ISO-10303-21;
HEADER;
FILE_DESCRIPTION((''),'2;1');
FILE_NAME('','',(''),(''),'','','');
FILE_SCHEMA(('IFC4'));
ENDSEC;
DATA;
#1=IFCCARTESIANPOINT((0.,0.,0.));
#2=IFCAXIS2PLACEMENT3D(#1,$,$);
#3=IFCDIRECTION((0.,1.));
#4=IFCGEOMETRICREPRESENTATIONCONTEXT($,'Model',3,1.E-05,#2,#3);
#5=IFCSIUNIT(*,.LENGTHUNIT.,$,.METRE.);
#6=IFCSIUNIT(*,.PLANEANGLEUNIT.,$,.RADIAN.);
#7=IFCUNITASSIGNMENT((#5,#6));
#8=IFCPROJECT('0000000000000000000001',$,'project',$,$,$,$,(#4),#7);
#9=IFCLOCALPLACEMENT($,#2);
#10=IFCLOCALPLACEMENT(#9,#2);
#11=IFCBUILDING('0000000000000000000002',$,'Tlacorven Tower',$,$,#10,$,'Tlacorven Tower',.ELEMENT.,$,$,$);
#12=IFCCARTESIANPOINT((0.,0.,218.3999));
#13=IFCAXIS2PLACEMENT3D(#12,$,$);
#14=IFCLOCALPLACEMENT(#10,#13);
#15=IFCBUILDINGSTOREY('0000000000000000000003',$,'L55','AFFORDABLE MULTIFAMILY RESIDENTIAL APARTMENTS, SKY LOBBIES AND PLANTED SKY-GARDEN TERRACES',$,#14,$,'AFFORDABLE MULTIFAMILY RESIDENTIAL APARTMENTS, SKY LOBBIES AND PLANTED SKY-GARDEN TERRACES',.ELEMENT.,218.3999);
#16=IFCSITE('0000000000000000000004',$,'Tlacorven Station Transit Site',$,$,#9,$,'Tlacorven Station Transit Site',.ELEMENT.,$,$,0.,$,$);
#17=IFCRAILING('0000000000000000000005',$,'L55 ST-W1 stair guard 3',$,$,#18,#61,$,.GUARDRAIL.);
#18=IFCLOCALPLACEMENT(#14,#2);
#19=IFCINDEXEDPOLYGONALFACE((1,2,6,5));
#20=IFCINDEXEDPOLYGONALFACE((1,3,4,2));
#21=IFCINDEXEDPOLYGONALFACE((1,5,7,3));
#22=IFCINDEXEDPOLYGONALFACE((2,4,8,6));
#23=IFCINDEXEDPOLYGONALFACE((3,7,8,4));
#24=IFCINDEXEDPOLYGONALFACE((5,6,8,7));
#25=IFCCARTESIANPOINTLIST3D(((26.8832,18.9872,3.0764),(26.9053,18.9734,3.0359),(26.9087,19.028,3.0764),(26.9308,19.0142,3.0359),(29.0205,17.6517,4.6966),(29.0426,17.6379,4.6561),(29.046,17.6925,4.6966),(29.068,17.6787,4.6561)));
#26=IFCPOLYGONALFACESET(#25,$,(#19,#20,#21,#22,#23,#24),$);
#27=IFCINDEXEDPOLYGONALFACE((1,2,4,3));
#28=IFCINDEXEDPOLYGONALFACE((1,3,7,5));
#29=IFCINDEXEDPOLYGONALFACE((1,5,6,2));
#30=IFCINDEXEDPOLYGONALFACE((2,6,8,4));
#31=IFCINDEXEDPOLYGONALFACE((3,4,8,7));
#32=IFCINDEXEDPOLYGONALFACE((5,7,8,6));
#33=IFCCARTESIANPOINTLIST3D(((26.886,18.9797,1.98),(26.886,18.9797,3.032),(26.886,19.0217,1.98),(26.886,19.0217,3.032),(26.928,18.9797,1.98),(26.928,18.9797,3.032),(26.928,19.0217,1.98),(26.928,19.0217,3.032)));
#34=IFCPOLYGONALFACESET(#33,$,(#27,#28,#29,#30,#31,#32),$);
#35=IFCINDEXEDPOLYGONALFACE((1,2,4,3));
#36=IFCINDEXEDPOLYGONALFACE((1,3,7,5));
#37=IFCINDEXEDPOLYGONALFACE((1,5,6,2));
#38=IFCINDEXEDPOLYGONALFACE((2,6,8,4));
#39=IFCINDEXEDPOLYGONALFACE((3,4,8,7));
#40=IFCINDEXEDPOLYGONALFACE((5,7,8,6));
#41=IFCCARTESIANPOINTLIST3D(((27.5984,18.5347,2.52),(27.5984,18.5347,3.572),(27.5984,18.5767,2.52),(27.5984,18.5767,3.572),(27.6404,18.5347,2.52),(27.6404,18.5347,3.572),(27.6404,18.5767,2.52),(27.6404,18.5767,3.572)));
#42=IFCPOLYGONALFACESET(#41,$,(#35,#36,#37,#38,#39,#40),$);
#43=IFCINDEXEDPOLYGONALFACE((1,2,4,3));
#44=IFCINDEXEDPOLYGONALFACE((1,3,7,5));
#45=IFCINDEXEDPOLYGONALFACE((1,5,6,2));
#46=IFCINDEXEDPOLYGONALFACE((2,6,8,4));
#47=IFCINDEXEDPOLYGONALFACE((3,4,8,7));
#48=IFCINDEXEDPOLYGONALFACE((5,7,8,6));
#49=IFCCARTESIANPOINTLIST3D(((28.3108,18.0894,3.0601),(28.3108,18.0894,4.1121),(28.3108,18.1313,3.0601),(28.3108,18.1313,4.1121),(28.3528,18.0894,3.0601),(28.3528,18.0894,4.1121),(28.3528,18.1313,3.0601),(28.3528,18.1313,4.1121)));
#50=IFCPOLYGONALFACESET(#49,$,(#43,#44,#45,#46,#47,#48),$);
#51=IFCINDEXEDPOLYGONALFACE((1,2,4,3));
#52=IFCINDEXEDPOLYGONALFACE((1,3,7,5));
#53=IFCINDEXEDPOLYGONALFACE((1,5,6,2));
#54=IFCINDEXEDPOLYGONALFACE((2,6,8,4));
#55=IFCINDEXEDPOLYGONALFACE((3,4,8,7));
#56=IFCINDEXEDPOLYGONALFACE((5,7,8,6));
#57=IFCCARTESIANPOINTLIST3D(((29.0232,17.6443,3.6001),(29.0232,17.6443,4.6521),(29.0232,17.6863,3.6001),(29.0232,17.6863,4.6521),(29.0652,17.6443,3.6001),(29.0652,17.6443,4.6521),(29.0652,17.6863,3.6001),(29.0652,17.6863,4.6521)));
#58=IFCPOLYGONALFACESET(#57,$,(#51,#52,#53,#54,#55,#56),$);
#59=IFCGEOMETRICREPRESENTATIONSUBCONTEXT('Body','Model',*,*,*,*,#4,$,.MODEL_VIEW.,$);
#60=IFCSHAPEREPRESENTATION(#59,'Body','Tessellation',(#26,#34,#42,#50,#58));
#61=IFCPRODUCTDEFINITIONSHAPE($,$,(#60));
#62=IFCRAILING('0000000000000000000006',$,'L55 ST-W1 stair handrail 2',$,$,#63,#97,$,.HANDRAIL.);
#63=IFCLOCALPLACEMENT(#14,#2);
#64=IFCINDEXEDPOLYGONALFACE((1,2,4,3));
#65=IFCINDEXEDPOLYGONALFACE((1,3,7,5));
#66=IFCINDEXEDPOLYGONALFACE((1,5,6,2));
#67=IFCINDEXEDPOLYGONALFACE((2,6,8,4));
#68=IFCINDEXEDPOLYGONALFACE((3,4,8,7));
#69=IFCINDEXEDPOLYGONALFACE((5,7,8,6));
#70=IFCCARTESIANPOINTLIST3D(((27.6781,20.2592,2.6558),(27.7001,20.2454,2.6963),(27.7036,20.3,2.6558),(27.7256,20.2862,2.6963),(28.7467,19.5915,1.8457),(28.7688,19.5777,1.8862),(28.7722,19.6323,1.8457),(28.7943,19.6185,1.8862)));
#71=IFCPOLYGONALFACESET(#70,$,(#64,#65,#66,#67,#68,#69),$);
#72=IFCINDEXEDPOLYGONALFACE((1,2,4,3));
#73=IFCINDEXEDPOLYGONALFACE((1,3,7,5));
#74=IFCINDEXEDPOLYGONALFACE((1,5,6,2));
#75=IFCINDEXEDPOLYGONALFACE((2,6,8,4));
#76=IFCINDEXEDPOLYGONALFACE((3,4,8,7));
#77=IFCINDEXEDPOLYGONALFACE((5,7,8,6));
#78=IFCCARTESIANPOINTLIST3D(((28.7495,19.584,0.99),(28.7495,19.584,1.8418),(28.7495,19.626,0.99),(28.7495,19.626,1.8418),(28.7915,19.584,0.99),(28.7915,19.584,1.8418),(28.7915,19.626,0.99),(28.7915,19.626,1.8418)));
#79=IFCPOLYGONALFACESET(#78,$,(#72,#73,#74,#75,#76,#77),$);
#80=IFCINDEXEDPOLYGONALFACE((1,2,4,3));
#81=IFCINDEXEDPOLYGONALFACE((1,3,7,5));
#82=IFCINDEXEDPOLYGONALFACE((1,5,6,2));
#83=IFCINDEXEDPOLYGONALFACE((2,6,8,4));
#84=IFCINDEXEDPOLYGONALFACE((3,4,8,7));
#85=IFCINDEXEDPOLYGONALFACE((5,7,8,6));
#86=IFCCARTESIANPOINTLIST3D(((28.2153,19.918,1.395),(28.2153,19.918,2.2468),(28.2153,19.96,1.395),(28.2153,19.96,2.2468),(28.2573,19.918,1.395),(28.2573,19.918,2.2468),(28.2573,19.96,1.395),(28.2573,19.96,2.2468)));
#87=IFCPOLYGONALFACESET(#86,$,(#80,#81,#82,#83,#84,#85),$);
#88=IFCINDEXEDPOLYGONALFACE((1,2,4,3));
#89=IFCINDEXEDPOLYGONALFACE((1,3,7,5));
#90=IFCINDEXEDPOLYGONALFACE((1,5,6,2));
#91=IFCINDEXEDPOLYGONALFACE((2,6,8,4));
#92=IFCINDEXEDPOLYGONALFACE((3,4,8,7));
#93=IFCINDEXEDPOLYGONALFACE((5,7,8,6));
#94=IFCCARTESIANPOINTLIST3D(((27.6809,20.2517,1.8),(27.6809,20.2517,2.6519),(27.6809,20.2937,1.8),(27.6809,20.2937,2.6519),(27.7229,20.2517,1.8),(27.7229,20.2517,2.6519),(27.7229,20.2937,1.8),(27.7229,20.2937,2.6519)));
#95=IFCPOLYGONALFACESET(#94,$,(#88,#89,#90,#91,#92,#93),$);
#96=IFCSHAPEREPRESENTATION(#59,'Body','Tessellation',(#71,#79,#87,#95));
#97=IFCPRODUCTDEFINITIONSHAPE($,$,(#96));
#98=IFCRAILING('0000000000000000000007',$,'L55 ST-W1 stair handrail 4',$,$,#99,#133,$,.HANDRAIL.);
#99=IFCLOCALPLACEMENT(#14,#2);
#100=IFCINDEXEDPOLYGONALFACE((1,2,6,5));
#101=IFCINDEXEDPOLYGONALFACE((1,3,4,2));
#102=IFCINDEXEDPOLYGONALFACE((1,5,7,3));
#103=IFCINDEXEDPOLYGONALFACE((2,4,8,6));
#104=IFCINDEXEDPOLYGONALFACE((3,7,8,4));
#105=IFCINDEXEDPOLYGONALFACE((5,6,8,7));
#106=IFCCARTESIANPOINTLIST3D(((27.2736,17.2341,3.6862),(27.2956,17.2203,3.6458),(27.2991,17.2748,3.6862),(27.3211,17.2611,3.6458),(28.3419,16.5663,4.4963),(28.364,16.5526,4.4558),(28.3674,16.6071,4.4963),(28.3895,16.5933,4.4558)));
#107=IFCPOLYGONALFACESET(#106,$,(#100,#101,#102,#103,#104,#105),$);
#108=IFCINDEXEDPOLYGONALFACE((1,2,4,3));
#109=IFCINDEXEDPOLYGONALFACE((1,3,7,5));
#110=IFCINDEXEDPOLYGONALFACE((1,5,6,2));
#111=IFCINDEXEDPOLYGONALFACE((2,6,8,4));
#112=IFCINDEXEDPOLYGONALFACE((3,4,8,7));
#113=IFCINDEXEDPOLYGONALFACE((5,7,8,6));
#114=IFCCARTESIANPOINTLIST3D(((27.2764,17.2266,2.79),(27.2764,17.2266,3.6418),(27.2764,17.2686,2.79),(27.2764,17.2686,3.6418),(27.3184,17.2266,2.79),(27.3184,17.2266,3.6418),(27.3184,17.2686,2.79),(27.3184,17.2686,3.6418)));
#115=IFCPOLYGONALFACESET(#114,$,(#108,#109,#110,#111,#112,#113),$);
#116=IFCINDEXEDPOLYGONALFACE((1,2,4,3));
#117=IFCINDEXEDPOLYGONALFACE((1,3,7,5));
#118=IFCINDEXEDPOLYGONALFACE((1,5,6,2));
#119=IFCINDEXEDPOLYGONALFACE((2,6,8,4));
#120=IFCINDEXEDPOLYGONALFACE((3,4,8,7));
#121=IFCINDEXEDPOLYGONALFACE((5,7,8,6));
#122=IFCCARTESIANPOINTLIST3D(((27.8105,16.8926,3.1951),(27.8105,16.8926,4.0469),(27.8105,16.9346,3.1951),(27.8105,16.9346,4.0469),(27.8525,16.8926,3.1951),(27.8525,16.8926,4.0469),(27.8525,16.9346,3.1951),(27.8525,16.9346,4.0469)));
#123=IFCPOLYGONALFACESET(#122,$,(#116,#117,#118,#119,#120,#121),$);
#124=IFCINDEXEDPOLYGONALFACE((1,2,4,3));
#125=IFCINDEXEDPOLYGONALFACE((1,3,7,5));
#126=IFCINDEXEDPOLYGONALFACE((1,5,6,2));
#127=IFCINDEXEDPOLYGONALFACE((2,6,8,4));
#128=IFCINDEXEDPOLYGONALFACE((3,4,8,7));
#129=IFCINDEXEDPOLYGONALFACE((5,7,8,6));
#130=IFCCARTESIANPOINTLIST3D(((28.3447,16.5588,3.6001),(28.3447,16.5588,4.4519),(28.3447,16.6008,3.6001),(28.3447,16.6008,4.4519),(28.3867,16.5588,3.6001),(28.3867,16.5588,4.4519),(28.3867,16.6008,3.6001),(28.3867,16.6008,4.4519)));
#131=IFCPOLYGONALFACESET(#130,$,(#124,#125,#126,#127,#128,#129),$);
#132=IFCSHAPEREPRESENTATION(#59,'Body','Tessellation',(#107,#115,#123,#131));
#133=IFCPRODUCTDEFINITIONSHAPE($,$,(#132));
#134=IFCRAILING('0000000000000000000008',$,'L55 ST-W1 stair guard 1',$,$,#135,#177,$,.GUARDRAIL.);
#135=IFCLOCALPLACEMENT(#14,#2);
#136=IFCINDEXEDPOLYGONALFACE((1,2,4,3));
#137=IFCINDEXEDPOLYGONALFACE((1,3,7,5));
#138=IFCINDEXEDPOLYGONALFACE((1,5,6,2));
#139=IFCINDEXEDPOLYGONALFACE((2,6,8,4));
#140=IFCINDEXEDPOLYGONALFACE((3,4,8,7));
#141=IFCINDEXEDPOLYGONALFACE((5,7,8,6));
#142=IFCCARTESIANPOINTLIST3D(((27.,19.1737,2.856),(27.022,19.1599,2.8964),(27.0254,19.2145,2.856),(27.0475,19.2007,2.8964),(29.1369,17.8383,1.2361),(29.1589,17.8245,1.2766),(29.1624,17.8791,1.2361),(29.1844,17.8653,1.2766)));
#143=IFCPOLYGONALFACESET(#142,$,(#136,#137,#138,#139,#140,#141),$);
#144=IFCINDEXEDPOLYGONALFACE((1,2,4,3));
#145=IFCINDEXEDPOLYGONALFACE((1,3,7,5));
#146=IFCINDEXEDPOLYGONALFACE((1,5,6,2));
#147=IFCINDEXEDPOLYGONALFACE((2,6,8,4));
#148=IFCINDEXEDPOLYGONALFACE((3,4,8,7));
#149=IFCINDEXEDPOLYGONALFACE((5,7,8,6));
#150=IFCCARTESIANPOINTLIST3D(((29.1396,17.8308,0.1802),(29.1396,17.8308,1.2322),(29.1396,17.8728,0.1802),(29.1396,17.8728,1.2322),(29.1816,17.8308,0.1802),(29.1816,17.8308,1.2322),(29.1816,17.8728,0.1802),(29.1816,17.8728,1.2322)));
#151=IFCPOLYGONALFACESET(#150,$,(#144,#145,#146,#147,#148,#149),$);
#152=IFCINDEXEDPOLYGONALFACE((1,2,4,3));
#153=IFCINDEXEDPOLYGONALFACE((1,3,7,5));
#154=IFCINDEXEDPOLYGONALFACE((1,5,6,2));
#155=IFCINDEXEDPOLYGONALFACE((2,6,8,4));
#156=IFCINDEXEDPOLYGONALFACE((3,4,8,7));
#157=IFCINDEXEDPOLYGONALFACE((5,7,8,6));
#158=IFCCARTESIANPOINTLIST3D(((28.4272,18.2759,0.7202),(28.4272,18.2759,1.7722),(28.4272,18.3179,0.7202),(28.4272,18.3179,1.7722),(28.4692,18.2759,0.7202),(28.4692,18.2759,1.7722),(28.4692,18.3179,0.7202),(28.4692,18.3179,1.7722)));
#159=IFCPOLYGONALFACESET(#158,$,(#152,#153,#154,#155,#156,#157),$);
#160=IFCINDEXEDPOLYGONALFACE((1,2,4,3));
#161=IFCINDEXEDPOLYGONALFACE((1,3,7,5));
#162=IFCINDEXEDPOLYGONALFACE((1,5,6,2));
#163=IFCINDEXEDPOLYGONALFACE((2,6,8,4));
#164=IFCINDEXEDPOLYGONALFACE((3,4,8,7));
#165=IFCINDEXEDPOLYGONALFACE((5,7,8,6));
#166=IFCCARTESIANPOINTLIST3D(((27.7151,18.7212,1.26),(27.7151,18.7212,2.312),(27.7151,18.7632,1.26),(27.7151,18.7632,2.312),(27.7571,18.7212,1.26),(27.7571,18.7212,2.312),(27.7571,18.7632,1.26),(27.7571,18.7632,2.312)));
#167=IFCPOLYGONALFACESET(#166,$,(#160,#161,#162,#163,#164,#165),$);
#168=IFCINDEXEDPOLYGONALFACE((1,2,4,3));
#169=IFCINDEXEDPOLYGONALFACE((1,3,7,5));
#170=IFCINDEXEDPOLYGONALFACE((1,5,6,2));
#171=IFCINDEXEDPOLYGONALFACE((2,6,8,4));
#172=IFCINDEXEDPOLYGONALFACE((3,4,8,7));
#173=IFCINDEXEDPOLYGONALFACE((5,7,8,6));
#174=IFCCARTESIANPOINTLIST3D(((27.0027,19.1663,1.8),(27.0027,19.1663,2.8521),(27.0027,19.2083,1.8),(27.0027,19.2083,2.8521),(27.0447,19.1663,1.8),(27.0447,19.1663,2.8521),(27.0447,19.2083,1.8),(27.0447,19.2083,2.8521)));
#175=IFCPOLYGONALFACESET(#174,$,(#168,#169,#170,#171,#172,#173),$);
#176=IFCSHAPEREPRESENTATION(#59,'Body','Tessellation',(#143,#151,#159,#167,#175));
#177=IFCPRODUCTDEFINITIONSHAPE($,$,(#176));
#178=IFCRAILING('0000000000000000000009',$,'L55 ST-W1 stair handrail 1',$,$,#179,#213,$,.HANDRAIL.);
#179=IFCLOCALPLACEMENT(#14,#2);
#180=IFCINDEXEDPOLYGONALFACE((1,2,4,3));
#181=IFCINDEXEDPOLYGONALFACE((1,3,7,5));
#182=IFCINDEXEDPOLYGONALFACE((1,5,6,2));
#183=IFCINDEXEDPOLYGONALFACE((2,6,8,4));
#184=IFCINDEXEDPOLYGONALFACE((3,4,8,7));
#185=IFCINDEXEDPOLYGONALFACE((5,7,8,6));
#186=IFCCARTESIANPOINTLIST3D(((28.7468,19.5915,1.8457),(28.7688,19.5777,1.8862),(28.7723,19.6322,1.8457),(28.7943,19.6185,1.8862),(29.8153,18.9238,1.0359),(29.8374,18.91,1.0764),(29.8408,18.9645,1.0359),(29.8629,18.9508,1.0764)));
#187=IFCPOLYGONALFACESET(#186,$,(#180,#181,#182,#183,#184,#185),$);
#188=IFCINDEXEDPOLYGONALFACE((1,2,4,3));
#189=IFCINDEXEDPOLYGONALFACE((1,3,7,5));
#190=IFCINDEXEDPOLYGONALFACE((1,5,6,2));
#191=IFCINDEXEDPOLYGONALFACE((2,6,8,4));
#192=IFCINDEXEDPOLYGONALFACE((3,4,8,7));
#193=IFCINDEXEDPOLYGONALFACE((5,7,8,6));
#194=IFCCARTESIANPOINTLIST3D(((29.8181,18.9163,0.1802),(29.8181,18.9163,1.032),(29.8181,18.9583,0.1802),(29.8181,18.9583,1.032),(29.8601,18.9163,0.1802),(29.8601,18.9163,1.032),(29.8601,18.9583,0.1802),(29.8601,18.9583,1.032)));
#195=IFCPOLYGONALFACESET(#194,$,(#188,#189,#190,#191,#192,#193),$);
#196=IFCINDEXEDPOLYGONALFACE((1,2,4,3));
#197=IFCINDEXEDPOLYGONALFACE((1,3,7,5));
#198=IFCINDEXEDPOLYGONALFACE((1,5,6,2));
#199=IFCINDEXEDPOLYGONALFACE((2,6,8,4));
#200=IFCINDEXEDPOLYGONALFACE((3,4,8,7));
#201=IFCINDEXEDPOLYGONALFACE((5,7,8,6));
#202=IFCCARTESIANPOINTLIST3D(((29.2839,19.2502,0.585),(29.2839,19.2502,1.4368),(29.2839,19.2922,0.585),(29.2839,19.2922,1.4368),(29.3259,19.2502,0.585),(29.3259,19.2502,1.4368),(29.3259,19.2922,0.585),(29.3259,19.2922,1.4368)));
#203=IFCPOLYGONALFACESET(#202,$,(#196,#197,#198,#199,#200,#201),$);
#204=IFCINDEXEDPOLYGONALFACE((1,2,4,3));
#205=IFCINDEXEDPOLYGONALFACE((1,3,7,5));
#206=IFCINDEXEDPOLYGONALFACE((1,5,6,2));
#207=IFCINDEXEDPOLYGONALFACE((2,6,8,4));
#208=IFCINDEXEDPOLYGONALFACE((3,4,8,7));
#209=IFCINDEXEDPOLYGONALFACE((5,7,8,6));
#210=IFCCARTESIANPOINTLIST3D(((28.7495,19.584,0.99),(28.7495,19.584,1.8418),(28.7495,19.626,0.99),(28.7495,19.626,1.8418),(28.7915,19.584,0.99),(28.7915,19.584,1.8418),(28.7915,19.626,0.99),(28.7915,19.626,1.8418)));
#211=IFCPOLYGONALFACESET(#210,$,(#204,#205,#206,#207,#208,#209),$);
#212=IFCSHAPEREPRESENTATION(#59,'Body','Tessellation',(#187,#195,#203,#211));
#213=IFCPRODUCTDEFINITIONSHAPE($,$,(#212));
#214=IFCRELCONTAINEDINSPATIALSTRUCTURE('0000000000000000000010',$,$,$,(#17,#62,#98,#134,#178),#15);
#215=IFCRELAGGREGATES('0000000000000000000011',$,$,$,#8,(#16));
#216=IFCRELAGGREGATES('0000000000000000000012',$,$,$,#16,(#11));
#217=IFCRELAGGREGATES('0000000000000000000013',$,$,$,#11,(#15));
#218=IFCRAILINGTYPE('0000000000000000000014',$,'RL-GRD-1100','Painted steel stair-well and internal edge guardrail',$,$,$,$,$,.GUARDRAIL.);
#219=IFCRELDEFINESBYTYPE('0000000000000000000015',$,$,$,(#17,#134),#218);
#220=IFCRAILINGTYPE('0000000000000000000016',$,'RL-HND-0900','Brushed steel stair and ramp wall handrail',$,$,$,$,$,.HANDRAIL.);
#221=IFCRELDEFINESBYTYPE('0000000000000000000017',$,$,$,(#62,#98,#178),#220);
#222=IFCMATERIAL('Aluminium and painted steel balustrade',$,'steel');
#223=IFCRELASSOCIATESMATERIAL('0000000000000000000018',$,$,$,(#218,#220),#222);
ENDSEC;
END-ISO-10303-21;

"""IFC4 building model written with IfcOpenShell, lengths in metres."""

from ifc_helpers import new_model, si_unit, direction, frame, origin, origin_2d, place, context, subcontext, project, spatial, rectangle, extrude, source, transform, mapped, material, type_object, element, save


model = new_model("IFC4")

# Units and contexts
model_context = context("Model", 3, precision=1e-05, world=origin(), true_north=direction((0.0, 1.0)))
body_context = subcontext(model_context, "Body", "Model", "MODEL_VIEW")
ifc_project = project(units=[si_unit("LENGTHUNIT", "METRE"), si_unit("PLANEANGLEUNIT", "RADIAN")], contexts=[model_context])

# Site, building, storey
site_placement = place(None, origin())
site = spatial("IfcSite", under=ifc_project, at=site_placement, Name="Tlacorven Station Transit Site", LongName="Tlacorven Station Transit Site", CompositionType="ELEMENT", RefElevation=0.0)
building_placement = place(site_placement, origin())
building = spatial("IfcBuilding", under=site, at=building_placement, Name="Tlacorven Tower", LongName="Tlacorven Tower", CompositionType="ELEMENT")
storey_placement = place(building_placement, frame((0.0, 0.0, 218.3999)))
storey = spatial("IfcBuildingStorey", under=building, at=storey_placement, Name="L55", Description="AFFORDABLE MULTIFAMILY RESIDENTIAL APARTMENTS, SKY LOBBIES AND PLANTED SKY-GARDEN TERRACES", LongName="AFFORDABLE MULTIFAMILY RESIDENTIAL APARTMENTS, SKY LOBBIES AND PLANTED SKY-GARDEN TERRACES", CompositionType="ELEMENT", Elevation=218.3999)

# Shared definitions
ifc_material_1 = material(Name="Aluminium and painted steel balustrade", Category="steel")
railing_type_1 = type_object("IfcRailingType", Name="RL-GRD-1100", Description="Painted steel stair-well and internal edge guardrail", PredefinedType="GUARDRAIL", material=ifc_material_1)

# Railings
shared_shape_1 = source(origin(), body_context, "Body", "SweptSolid", [
    extrude(rectangle(XDim=0.0481, YDim=0.0481, at=origin_2d()), frame((0.0, 0.0, 1.0762), z_axis=(0.71336, -0.445748, 0.540765), x_axis=(0.529912, 0.848053, 0.0)), (0.0, 0.0, 1.0), 2.9961),
    extrude(rectangle(XDim=0.042, YDim=0.042, at=origin_2d()), origin(), (0.0, 0.0, 1.0), 1.052),
    extrude(rectangle(XDim=0.042, YDim=0.042, at=origin_2d()), frame((0.7124, -0.4451, 0.54)), (0.0, 0.0, 1.0), 1.052),
    extrude(rectangle(XDim=0.042, YDim=0.042, at=origin_2d()), frame((1.4248, -0.8904, 1.0801)), (0.0, 0.0, 1.0), 1.052),
    extrude(rectangle(XDim=0.042, YDim=0.042, at=origin_2d()), frame((2.1372, -1.3354, 1.6201)), (0.0, 0.0, 1.0), 1.052),
])
railing_1_placement = place(storey_placement, frame((26.907, 19.0007, 1.98)))
element("IfcRailing", 1, at=railing_1_placement, inside=storey, type_object=railing_type_1, Name="L55 ST-W1 stair guard 3", PredefinedType="GUARDRAIL", context=body_context, shape_type="MappedRepresentation", body=[
    mapped(shared_shape_1, transform((0.0, 0.0, 0.0), scale=1.0)),
])
railing_type_2 = type_object("IfcRailingType", Name="RL-HND-0900", Description="Brushed steel stair and ramp wall handrail", PredefinedType="HANDRAIL", material=ifc_material_1)
shared_shape_2 = source(origin(), body_context, "Body", "SweptSolid", [
    extrude(rectangle(XDim=0.0481, YDim=0.0481, at=origin_2d()), frame((0.0, 0.0, 0.876), z_axis=(-0.71336, 0.445748, 0.540765), x_axis=(-0.529912, -0.848053, 0.0)), (0.0, 0.0, 1.0), 1.498),
    extrude(rectangle(XDim=0.042, YDim=0.042, at=origin_2d()), origin(), (0.0, 0.0, 1.0), 0.8518),
    extrude(rectangle(XDim=0.042, YDim=0.042, at=origin_2d()), frame((-0.5342, 0.334, 0.405)), (0.0, 0.0, 1.0), 0.8518),
    extrude(rectangle(XDim=0.042, YDim=0.042, at=origin_2d()), frame((-1.0686, 0.6677, 0.8101)), (0.0, 0.0, 1.0), 0.8518),
])
railing_2_placement = place(storey_placement, frame((28.7705, 19.605, 0.99)))
element("IfcRailing", 2, at=railing_2_placement, inside=storey, type_object=railing_type_2, Name="L55 ST-W1 stair handrail 2", PredefinedType="HANDRAIL", context=body_context, shape_type="MappedRepresentation", body=[
    mapped(shared_shape_2, transform((0.0, 0.0, 0.0), scale=1.0)),
])
shared_shape_3 = source(origin(), body_context, "Body", "SweptSolid", [
    extrude(rectangle(XDim=0.0481, YDim=0.0481, at=origin_2d()), frame((0.0, 0.0, 0.876), z_axis=(0.71328, -0.4458, 0.540828), x_axis=(0.529999, 0.847998, 0.0)), (0.0, 0.0, 1.0), 1.4978),
    extrude(rectangle(XDim=0.042, YDim=0.042, at=origin_2d()), origin(), (0.0, 0.0, 1.0), 0.8518),
    extrude(rectangle(XDim=0.042, YDim=0.042, at=origin_2d()), frame((0.5342, -0.334, 0.405)), (0.0, 0.0, 1.0), 0.8518),
    extrude(rectangle(XDim=0.042, YDim=0.042, at=origin_2d()), frame((1.0684, -0.6677, 0.8101)), (0.0, 0.0, 1.0), 0.8518),
])
railing_3_placement = place(storey_placement, frame((27.2974, 17.2476, 2.79)))
element("IfcRailing", 3, at=railing_3_placement, inside=storey, type_object=railing_type_2, Name="L55 ST-W1 stair handrail 4", PredefinedType="HANDRAIL", context=body_context, shape_type="MappedRepresentation", body=[
    mapped(shared_shape_3, transform((0.0, 0.0, 0.0), scale=1.0)),
])
shared_shape_4 = source(origin(), body_context, "Body", "SweptSolid", [
    extrude(rectangle(XDim=0.0481, YDim=0.0481, at=origin_2d()), frame((0.0, 0.0, 1.0762), z_axis=(-0.713351, 0.445794, 0.540739), x_axis=(-0.529955, -0.848026, 0.0)), (0.0, 0.0, 1.0), 2.9956),
    extrude(rectangle(XDim=0.042, YDim=0.042, at=origin_2d()), origin(), (0.0, 0.0, 1.0), 1.052),
    extrude(rectangle(XDim=0.042, YDim=0.042, at=origin_2d()), frame((-0.7124, 0.4451, 0.54)), (0.0, 0.0, 1.0), 1.052),
    extrude(rectangle(XDim=0.042, YDim=0.042, at=origin_2d()), frame((-1.4246, 0.8904, 1.0798)), (0.0, 0.0, 1.0), 1.052),
    extrude(rectangle(XDim=0.042, YDim=0.042, at=origin_2d()), frame((-2.137, 1.3354, 1.6199)), (0.0, 0.0, 1.0), 1.052),
])
railing_4_placement = place(storey_placement, frame((29.1606, 17.8518, 0.1802)))
element("IfcRailing", 4, at=railing_4_placement, inside=storey, type_object=railing_type_1, Name="L55 ST-W1 stair guard 1", PredefinedType="GUARDRAIL", context=body_context, shape_type="MappedRepresentation", body=[
    mapped(shared_shape_4, transform((0.0, 0.0, 0.0), scale=1.0)),
])
shared_shape_5 = source(origin(), body_context, "Body", "SweptSolid", [
    extrude(rectangle(XDim=0.0481, YDim=0.0481, at=origin_2d()), frame((0.0, 0.0, 0.876), z_axis=(-0.713423, 0.445787, 0.540649), x_axis=(-0.529912, -0.848053, 0.0)), (0.0, 0.0, 1.0), 1.4978),
    extrude(rectangle(XDim=0.042, YDim=0.042, at=origin_2d()), origin(), (0.0, 0.0, 1.0), 0.8518),
    extrude(rectangle(XDim=0.042, YDim=0.042, at=origin_2d()), frame((-0.5342, 0.334, 0.4048)), (0.0, 0.0, 1.0), 0.8518),
    extrude(rectangle(XDim=0.042, YDim=0.042, at=origin_2d()), frame((-1.0686, 0.6677, 0.8098)), (0.0, 0.0, 1.0), 0.8518),
])
railing_5_placement = place(storey_placement, frame((29.8391, 18.9373, 0.1802)))
element("IfcRailing", 5, at=railing_5_placement, inside=storey, type_object=railing_type_2, Name="L55 ST-W1 stair handrail 1", PredefinedType="HANDRAIL", context=body_context, shape_type="MappedRepresentation", body=[
    mapped(shared_shape_5, transform((0.0, 0.0, 0.0), scale=1.0)),
])

save(model, "model.ifc")
